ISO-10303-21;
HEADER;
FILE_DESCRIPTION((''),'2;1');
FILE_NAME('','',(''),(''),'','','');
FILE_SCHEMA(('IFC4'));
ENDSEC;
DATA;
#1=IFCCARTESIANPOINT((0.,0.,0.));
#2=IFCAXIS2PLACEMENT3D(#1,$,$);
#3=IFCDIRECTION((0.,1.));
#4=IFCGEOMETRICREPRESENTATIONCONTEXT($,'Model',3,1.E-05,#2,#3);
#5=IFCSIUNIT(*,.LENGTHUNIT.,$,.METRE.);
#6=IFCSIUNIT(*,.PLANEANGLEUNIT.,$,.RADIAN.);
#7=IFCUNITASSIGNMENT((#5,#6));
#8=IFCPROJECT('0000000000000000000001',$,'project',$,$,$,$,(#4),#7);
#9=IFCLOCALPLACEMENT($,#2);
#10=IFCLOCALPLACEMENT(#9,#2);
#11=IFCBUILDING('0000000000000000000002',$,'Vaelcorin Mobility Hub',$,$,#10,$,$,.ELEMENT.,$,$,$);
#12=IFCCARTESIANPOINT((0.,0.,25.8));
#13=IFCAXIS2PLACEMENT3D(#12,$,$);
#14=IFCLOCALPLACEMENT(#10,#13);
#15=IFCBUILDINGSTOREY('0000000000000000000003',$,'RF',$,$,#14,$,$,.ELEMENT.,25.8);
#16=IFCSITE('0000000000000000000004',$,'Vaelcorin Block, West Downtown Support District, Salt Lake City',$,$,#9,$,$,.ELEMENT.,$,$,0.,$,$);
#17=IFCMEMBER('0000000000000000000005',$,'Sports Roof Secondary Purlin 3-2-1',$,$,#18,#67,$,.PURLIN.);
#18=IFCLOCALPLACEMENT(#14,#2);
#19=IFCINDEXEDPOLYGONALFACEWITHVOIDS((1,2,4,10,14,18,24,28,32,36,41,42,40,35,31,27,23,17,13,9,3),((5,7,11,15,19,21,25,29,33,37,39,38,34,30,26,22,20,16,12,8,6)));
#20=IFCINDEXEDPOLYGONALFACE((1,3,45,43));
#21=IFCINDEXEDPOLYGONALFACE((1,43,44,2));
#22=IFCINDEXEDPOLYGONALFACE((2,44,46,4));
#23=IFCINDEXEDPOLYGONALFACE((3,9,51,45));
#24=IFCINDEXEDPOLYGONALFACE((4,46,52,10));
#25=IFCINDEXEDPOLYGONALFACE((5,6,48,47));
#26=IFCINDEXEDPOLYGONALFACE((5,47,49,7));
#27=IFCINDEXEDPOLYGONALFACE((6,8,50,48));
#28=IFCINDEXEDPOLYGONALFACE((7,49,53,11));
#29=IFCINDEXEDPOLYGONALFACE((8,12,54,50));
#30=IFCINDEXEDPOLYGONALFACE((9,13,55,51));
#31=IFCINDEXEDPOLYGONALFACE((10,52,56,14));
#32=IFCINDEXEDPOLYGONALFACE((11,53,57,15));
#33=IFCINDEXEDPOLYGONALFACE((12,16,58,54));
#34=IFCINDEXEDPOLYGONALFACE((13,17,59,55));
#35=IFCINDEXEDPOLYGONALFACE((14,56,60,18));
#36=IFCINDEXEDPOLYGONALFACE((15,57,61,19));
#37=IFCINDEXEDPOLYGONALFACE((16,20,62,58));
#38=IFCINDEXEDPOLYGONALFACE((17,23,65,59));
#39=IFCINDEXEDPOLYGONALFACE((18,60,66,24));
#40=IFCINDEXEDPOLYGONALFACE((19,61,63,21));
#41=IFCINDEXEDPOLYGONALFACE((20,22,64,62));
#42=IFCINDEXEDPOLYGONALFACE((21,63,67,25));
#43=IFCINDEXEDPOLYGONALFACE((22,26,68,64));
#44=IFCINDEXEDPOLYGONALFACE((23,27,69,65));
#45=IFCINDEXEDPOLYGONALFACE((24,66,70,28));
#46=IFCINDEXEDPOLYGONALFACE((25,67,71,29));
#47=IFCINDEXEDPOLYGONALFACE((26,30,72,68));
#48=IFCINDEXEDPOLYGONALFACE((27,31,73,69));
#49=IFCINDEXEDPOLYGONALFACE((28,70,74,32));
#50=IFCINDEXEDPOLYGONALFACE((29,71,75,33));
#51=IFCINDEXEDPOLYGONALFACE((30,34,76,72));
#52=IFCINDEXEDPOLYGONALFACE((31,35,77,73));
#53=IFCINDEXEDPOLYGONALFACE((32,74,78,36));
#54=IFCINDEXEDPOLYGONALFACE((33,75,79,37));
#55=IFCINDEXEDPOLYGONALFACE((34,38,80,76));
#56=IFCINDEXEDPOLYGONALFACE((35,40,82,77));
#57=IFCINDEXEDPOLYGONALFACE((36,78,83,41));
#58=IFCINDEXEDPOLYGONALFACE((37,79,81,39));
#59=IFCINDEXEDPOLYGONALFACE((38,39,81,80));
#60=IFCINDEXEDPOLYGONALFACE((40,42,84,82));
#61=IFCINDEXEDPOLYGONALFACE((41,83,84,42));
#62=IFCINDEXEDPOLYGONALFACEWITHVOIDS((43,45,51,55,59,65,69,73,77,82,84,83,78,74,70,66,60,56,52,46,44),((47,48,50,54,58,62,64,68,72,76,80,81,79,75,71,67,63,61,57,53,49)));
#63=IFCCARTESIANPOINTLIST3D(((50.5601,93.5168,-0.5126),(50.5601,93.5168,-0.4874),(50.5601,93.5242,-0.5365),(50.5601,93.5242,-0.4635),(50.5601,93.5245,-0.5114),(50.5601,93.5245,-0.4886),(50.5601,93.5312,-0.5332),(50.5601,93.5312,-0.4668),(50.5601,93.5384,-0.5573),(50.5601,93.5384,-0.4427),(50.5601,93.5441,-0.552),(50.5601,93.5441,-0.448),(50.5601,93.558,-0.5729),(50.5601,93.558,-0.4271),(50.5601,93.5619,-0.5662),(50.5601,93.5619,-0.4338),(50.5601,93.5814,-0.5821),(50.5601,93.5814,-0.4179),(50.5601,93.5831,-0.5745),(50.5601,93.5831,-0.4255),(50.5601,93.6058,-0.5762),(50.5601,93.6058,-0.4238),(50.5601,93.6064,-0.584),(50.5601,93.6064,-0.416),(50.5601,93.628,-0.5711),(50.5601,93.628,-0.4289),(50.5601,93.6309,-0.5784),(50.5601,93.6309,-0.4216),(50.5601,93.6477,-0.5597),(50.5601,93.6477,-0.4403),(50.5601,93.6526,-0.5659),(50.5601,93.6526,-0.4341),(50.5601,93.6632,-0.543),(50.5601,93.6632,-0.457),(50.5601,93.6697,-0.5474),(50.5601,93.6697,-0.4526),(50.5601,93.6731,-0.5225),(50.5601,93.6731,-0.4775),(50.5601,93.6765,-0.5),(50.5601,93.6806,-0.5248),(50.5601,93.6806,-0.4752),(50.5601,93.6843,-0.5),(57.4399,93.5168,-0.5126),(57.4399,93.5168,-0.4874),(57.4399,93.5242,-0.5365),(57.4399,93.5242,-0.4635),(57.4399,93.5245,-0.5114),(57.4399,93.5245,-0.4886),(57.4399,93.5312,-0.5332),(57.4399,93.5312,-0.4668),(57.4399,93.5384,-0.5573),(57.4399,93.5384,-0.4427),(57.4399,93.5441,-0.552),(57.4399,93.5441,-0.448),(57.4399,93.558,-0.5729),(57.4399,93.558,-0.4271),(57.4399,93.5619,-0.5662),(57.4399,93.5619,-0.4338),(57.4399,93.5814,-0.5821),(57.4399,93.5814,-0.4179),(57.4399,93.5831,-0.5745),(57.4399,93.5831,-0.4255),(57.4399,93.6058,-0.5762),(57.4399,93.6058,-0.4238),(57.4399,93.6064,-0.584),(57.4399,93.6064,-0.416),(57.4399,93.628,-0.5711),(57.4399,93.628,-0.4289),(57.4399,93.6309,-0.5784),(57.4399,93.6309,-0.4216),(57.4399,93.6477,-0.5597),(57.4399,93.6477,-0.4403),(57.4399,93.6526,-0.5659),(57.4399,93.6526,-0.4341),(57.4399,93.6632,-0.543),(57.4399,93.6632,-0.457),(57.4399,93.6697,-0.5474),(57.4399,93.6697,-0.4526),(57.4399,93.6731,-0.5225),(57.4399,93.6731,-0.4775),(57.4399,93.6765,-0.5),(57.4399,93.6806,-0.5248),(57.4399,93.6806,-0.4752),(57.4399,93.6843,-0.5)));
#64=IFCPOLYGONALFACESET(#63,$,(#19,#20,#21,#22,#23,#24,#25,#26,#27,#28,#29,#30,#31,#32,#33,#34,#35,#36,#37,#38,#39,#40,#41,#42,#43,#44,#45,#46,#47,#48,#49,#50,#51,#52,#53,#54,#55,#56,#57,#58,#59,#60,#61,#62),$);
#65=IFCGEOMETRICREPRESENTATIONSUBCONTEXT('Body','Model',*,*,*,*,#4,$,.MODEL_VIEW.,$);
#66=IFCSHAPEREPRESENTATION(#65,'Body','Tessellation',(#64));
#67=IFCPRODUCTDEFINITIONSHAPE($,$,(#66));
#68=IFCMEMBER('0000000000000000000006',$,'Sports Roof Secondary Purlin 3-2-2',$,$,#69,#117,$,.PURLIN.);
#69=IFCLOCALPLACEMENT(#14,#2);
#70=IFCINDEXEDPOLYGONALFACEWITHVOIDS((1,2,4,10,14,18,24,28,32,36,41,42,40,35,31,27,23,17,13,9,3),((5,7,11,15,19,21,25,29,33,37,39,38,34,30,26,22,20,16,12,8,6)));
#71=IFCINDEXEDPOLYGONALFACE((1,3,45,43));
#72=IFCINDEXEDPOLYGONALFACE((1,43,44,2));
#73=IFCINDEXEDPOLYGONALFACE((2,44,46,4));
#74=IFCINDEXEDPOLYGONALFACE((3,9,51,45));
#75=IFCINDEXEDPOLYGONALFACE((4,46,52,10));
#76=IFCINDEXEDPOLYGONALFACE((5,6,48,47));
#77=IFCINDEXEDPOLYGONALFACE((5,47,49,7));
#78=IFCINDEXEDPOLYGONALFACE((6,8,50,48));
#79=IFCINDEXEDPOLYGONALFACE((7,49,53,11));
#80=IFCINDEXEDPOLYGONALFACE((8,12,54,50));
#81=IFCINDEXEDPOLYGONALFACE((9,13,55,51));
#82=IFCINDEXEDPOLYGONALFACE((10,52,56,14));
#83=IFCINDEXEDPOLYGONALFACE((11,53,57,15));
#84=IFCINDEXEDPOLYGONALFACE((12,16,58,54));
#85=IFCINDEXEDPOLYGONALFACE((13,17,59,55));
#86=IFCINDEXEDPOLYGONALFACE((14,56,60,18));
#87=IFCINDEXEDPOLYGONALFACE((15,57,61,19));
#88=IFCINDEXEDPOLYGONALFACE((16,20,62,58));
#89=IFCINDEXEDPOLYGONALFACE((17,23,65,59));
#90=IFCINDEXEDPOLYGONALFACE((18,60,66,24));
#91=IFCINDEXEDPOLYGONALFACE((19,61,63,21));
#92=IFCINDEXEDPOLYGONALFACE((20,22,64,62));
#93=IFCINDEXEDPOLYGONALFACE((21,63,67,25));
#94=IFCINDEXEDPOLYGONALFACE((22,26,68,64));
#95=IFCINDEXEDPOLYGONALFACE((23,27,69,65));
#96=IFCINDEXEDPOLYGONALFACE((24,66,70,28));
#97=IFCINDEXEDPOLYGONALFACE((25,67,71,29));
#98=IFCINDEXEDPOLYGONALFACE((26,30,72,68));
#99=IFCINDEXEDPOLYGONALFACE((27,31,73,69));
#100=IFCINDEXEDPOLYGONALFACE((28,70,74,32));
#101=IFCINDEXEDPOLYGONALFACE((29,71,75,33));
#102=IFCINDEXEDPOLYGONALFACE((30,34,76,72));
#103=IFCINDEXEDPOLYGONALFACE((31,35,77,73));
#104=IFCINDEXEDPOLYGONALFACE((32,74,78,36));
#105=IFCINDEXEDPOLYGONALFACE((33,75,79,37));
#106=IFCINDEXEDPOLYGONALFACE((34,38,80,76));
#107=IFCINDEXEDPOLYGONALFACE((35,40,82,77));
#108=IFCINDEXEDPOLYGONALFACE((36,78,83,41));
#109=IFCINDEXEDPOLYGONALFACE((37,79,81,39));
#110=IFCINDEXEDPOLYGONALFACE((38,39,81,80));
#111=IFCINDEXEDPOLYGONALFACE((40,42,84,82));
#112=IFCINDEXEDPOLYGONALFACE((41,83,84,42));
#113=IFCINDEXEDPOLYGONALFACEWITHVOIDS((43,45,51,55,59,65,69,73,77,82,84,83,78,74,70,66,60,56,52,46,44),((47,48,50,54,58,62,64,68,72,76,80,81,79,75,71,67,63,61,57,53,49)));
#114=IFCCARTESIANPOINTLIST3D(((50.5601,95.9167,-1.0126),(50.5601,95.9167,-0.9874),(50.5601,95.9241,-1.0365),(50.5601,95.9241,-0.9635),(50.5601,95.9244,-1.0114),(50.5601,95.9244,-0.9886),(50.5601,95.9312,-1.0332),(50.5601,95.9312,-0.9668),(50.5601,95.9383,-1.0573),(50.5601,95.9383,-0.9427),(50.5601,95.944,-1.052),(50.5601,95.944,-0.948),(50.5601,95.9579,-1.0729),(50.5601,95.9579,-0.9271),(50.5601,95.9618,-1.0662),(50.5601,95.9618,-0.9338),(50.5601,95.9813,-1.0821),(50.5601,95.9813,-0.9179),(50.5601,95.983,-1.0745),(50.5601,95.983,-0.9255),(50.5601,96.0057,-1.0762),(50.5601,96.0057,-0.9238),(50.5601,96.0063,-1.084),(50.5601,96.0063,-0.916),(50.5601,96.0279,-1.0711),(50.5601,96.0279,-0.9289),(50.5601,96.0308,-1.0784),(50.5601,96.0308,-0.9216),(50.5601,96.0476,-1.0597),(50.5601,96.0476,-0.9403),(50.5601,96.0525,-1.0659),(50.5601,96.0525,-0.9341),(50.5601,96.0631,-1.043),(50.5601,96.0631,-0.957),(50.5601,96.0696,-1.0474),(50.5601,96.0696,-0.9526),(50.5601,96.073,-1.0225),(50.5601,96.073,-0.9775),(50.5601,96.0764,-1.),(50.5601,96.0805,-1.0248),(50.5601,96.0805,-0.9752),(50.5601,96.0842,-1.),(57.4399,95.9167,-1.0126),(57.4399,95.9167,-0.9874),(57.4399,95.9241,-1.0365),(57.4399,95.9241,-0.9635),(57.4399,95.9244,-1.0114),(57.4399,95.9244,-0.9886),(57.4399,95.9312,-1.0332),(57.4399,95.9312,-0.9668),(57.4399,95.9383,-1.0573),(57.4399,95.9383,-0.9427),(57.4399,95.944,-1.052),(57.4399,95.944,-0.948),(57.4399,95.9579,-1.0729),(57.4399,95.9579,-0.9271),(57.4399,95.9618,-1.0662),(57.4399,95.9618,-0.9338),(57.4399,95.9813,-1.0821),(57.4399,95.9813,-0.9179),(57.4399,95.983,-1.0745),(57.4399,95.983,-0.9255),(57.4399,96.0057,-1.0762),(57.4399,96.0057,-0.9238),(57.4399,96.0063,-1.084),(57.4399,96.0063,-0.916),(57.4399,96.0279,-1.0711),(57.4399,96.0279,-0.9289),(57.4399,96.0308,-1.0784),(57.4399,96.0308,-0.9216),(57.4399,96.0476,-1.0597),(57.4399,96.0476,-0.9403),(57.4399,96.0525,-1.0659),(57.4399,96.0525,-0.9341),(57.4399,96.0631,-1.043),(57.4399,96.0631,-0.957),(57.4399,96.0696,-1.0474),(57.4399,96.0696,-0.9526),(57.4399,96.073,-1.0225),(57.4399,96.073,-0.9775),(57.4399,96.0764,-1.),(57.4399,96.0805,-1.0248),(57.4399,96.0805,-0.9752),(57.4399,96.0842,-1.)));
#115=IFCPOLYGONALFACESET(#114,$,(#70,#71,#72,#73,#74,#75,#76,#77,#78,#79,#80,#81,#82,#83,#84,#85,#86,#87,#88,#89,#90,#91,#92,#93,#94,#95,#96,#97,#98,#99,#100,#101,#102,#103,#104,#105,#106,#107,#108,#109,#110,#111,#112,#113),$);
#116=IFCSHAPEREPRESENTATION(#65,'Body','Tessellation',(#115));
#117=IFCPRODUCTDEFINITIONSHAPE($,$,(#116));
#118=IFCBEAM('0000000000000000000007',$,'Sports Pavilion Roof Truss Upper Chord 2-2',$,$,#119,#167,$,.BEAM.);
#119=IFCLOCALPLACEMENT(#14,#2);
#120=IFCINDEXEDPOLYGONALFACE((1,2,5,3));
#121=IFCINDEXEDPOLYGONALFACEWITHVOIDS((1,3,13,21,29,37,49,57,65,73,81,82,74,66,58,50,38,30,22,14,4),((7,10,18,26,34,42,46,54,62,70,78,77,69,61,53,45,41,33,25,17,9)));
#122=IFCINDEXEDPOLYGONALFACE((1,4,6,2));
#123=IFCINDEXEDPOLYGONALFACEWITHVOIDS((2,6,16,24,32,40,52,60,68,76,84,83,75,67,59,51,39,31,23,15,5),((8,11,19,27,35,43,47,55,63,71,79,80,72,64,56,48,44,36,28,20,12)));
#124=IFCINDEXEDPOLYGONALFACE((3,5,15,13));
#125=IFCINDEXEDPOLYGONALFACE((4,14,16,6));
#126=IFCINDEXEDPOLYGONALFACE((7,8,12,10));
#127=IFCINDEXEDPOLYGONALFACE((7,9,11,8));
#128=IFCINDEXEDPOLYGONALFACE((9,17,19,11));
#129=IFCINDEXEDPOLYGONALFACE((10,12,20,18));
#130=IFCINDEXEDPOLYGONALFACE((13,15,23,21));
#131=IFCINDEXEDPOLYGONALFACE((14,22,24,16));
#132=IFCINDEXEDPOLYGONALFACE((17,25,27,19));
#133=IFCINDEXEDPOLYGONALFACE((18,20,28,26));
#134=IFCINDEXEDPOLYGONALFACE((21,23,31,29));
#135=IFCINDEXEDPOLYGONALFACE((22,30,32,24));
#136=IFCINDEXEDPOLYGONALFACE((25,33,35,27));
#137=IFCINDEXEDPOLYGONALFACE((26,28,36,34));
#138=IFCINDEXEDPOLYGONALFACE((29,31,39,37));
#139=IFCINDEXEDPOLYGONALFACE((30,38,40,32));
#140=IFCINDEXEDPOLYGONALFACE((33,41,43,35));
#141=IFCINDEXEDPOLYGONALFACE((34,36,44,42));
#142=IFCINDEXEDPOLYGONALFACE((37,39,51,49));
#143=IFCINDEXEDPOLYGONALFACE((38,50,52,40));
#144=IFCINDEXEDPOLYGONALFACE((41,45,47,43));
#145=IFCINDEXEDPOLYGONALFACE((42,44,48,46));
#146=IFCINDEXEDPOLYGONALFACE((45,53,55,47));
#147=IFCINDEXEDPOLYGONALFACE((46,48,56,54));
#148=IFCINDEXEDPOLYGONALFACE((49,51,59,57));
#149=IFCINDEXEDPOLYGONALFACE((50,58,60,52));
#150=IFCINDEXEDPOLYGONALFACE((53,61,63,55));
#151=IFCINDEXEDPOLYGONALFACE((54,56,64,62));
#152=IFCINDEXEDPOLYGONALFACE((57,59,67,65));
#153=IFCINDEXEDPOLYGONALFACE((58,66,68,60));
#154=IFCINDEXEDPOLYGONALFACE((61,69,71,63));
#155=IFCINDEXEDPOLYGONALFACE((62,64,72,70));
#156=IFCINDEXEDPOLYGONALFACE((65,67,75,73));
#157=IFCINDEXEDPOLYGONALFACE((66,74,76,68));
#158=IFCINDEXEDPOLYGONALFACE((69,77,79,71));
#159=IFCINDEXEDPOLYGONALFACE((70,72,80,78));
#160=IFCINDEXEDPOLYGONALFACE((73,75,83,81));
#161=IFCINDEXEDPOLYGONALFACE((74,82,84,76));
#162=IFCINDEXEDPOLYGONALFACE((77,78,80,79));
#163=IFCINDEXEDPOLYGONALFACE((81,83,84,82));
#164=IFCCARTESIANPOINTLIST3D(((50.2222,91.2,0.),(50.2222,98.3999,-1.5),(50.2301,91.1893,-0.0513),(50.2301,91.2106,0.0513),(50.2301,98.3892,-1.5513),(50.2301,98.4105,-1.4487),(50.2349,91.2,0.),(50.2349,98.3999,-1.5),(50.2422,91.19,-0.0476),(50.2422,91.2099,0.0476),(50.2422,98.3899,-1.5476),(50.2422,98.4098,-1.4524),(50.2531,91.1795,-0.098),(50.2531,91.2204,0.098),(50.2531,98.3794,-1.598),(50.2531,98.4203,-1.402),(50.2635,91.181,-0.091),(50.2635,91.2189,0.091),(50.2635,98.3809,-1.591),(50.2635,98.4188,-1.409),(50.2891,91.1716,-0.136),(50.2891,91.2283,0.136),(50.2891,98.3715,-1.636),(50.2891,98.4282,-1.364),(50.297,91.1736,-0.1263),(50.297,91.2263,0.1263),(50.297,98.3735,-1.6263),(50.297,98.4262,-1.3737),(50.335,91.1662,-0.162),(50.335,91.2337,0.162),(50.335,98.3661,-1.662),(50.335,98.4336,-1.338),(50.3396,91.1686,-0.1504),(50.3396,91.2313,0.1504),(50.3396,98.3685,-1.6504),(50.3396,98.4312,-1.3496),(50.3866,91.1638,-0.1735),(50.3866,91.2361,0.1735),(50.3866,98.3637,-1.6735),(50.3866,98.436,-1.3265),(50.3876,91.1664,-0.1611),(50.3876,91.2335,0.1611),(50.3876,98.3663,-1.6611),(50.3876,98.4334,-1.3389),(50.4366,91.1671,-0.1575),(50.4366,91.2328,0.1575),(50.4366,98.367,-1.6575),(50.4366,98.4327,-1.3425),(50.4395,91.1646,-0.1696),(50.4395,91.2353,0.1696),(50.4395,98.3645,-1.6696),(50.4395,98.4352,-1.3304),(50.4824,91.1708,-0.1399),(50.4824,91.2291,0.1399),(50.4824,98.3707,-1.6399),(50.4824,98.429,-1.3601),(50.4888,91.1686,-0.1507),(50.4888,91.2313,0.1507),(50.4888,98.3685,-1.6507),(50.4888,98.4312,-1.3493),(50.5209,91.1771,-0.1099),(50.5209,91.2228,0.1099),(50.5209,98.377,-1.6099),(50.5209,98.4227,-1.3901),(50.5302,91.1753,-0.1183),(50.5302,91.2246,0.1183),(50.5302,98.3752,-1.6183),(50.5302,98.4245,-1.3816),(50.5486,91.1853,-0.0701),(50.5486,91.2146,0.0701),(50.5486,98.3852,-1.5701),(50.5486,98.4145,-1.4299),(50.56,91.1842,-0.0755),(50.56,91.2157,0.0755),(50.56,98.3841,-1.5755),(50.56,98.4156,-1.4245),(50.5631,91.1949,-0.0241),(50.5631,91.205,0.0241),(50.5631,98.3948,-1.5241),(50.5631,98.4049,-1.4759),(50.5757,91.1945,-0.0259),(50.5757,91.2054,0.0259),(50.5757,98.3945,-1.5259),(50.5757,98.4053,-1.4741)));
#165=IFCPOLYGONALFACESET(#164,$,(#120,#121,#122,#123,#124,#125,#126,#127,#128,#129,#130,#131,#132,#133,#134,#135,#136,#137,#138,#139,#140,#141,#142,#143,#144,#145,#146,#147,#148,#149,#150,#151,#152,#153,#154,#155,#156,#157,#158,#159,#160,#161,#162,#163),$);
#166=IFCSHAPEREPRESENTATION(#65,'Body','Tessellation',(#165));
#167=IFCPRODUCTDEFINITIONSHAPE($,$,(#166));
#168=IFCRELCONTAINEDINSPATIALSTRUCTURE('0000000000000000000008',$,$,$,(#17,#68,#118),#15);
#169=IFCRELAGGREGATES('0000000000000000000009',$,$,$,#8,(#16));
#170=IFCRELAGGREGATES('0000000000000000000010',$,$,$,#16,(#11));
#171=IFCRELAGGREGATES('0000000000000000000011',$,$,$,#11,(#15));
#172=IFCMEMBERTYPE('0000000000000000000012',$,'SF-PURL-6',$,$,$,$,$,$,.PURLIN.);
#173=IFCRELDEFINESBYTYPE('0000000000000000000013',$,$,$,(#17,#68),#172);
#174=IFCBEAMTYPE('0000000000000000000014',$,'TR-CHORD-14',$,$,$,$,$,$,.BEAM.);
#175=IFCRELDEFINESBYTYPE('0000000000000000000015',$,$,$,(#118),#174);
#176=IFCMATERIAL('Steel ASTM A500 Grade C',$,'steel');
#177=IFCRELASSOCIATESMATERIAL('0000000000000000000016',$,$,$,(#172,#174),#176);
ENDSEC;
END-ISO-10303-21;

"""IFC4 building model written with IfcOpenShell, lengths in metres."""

from ifc_helpers import new_model, si_unit, direction, frame, origin, origin_2d, place, context, subcontext, project, spatial, hollow_circle, extrude, material, material_profile, profile_set, type_object, element, save


model = new_model("IFC4")

# Units and contexts
model_context = context("Model", 3, precision=1e-05, world=origin(), true_north=direction((0.0, 1.0)))
body_context = subcontext(model_context, "Body", "Model", "MODEL_VIEW")
ifc_project = project(units=[si_unit("LENGTHUNIT", "METRE"), si_unit("PLANEANGLEUNIT", "RADIAN")], contexts=[model_context])

# Site, building, storey
site_placement = place(None, origin())
site = spatial("IfcSite", under=ifc_project, at=site_placement, Name="Vaelcorin Block, West Downtown Support District, Salt Lake City", CompositionType="ELEMENT", RefElevation=0.0)
building_placement = place(site_placement, origin())
building = spatial("IfcBuilding", under=site, at=building_placement, Name="Vaelcorin Mobility Hub", CompositionType="ELEMENT")
storey_placement = place(building_placement, frame((0.0, 0.0, 25.8)))
storey = spatial("IfcBuildingStorey", under=building, at=storey_placement, Name="RF", CompositionType="ELEMENT", Elevation=25.8)

# Members
ifc_material_1 = material(Name="Steel ASTM A500 Grade C", Category="steel")
ifc_material_profile_1 = material_profile(ifc_material_1, hollow_circle(Radius=0.0842, WallThickness=0.0078, at=origin_2d()), Name="HSS6.625X0.312")
ifc_profile_set_1 = profile_set([ifc_material_profile_1], Name="Steel ASTM A500 Grade C")
member_type_1 = type_object("IfcMemberType", Name="SF-PURL-6", PredefinedType="PURLIN", material=ifc_profile_set_1)
for number, where, z_axis, x_axis, name in (
    (1, (50.5601, 93.6001, -0.5), (1.0, 0.0, 0.0), (0.0, 1.0, 0.0), "Sports Roof Secondary Purlin 3-2-1"),
    (2, (50.5601, 96.0, -1.0), (1.0, 0.0, 0.0), (0.0, 1.0, 0.0), "Sports Roof Secondary Purlin 3-2-2"),
):
    element("IfcMember", number, at=place(storey_placement, frame(where, z_axis=z_axis, x_axis=x_axis)), inside=storey, type_object=member_type_1, Name=name, PredefinedType="PURLIN", context=body_context, shape_type="SweptSolid", body=[
        extrude(hollow_circle(Radius=0.0842, WallThickness=0.0078, at=origin_2d()), origin(), (0.0, 0.0, 1.0), 6.8799),
    ])

# Beam
ifc_material_profile_2 = material_profile(ifc_material_1, hollow_circle(Radius=0.1777, WallThickness=0.0127, at=origin_2d()), Name="HSS14.000X0.500")
ifc_profile_set_2 = profile_set([ifc_material_profile_2], Name="Steel ASTM A500 Grade C")
beam_type_1 = type_object("IfcBeamType", Name="TR-CHORD-14", PredefinedType="BEAM", material=ifc_profile_set_2)
for number, where, z_axis, x_axis, name in (
    (3, (50.3999, 91.2, 0.0), (0.0, 0.97898, -0.203956), (-1.0, 0.0, 0.0), "Sports Pavilion Roof Truss Upper Chord 2-2"),
):
    element("IfcBeam", number, at=place(storey_placement, frame(where, z_axis=z_axis, x_axis=x_axis)), inside=storey, type_object=beam_type_1, Name=name, PredefinedType="BEAM", context=body_context, shape_type="SweptSolid", body=[
        extrude(hollow_circle(Radius=0.1777, WallThickness=0.0127, at=origin_2d()), origin(), (0.0, 0.0, 1.0), 7.3545),
    ])

save(model, "model.ifc")
